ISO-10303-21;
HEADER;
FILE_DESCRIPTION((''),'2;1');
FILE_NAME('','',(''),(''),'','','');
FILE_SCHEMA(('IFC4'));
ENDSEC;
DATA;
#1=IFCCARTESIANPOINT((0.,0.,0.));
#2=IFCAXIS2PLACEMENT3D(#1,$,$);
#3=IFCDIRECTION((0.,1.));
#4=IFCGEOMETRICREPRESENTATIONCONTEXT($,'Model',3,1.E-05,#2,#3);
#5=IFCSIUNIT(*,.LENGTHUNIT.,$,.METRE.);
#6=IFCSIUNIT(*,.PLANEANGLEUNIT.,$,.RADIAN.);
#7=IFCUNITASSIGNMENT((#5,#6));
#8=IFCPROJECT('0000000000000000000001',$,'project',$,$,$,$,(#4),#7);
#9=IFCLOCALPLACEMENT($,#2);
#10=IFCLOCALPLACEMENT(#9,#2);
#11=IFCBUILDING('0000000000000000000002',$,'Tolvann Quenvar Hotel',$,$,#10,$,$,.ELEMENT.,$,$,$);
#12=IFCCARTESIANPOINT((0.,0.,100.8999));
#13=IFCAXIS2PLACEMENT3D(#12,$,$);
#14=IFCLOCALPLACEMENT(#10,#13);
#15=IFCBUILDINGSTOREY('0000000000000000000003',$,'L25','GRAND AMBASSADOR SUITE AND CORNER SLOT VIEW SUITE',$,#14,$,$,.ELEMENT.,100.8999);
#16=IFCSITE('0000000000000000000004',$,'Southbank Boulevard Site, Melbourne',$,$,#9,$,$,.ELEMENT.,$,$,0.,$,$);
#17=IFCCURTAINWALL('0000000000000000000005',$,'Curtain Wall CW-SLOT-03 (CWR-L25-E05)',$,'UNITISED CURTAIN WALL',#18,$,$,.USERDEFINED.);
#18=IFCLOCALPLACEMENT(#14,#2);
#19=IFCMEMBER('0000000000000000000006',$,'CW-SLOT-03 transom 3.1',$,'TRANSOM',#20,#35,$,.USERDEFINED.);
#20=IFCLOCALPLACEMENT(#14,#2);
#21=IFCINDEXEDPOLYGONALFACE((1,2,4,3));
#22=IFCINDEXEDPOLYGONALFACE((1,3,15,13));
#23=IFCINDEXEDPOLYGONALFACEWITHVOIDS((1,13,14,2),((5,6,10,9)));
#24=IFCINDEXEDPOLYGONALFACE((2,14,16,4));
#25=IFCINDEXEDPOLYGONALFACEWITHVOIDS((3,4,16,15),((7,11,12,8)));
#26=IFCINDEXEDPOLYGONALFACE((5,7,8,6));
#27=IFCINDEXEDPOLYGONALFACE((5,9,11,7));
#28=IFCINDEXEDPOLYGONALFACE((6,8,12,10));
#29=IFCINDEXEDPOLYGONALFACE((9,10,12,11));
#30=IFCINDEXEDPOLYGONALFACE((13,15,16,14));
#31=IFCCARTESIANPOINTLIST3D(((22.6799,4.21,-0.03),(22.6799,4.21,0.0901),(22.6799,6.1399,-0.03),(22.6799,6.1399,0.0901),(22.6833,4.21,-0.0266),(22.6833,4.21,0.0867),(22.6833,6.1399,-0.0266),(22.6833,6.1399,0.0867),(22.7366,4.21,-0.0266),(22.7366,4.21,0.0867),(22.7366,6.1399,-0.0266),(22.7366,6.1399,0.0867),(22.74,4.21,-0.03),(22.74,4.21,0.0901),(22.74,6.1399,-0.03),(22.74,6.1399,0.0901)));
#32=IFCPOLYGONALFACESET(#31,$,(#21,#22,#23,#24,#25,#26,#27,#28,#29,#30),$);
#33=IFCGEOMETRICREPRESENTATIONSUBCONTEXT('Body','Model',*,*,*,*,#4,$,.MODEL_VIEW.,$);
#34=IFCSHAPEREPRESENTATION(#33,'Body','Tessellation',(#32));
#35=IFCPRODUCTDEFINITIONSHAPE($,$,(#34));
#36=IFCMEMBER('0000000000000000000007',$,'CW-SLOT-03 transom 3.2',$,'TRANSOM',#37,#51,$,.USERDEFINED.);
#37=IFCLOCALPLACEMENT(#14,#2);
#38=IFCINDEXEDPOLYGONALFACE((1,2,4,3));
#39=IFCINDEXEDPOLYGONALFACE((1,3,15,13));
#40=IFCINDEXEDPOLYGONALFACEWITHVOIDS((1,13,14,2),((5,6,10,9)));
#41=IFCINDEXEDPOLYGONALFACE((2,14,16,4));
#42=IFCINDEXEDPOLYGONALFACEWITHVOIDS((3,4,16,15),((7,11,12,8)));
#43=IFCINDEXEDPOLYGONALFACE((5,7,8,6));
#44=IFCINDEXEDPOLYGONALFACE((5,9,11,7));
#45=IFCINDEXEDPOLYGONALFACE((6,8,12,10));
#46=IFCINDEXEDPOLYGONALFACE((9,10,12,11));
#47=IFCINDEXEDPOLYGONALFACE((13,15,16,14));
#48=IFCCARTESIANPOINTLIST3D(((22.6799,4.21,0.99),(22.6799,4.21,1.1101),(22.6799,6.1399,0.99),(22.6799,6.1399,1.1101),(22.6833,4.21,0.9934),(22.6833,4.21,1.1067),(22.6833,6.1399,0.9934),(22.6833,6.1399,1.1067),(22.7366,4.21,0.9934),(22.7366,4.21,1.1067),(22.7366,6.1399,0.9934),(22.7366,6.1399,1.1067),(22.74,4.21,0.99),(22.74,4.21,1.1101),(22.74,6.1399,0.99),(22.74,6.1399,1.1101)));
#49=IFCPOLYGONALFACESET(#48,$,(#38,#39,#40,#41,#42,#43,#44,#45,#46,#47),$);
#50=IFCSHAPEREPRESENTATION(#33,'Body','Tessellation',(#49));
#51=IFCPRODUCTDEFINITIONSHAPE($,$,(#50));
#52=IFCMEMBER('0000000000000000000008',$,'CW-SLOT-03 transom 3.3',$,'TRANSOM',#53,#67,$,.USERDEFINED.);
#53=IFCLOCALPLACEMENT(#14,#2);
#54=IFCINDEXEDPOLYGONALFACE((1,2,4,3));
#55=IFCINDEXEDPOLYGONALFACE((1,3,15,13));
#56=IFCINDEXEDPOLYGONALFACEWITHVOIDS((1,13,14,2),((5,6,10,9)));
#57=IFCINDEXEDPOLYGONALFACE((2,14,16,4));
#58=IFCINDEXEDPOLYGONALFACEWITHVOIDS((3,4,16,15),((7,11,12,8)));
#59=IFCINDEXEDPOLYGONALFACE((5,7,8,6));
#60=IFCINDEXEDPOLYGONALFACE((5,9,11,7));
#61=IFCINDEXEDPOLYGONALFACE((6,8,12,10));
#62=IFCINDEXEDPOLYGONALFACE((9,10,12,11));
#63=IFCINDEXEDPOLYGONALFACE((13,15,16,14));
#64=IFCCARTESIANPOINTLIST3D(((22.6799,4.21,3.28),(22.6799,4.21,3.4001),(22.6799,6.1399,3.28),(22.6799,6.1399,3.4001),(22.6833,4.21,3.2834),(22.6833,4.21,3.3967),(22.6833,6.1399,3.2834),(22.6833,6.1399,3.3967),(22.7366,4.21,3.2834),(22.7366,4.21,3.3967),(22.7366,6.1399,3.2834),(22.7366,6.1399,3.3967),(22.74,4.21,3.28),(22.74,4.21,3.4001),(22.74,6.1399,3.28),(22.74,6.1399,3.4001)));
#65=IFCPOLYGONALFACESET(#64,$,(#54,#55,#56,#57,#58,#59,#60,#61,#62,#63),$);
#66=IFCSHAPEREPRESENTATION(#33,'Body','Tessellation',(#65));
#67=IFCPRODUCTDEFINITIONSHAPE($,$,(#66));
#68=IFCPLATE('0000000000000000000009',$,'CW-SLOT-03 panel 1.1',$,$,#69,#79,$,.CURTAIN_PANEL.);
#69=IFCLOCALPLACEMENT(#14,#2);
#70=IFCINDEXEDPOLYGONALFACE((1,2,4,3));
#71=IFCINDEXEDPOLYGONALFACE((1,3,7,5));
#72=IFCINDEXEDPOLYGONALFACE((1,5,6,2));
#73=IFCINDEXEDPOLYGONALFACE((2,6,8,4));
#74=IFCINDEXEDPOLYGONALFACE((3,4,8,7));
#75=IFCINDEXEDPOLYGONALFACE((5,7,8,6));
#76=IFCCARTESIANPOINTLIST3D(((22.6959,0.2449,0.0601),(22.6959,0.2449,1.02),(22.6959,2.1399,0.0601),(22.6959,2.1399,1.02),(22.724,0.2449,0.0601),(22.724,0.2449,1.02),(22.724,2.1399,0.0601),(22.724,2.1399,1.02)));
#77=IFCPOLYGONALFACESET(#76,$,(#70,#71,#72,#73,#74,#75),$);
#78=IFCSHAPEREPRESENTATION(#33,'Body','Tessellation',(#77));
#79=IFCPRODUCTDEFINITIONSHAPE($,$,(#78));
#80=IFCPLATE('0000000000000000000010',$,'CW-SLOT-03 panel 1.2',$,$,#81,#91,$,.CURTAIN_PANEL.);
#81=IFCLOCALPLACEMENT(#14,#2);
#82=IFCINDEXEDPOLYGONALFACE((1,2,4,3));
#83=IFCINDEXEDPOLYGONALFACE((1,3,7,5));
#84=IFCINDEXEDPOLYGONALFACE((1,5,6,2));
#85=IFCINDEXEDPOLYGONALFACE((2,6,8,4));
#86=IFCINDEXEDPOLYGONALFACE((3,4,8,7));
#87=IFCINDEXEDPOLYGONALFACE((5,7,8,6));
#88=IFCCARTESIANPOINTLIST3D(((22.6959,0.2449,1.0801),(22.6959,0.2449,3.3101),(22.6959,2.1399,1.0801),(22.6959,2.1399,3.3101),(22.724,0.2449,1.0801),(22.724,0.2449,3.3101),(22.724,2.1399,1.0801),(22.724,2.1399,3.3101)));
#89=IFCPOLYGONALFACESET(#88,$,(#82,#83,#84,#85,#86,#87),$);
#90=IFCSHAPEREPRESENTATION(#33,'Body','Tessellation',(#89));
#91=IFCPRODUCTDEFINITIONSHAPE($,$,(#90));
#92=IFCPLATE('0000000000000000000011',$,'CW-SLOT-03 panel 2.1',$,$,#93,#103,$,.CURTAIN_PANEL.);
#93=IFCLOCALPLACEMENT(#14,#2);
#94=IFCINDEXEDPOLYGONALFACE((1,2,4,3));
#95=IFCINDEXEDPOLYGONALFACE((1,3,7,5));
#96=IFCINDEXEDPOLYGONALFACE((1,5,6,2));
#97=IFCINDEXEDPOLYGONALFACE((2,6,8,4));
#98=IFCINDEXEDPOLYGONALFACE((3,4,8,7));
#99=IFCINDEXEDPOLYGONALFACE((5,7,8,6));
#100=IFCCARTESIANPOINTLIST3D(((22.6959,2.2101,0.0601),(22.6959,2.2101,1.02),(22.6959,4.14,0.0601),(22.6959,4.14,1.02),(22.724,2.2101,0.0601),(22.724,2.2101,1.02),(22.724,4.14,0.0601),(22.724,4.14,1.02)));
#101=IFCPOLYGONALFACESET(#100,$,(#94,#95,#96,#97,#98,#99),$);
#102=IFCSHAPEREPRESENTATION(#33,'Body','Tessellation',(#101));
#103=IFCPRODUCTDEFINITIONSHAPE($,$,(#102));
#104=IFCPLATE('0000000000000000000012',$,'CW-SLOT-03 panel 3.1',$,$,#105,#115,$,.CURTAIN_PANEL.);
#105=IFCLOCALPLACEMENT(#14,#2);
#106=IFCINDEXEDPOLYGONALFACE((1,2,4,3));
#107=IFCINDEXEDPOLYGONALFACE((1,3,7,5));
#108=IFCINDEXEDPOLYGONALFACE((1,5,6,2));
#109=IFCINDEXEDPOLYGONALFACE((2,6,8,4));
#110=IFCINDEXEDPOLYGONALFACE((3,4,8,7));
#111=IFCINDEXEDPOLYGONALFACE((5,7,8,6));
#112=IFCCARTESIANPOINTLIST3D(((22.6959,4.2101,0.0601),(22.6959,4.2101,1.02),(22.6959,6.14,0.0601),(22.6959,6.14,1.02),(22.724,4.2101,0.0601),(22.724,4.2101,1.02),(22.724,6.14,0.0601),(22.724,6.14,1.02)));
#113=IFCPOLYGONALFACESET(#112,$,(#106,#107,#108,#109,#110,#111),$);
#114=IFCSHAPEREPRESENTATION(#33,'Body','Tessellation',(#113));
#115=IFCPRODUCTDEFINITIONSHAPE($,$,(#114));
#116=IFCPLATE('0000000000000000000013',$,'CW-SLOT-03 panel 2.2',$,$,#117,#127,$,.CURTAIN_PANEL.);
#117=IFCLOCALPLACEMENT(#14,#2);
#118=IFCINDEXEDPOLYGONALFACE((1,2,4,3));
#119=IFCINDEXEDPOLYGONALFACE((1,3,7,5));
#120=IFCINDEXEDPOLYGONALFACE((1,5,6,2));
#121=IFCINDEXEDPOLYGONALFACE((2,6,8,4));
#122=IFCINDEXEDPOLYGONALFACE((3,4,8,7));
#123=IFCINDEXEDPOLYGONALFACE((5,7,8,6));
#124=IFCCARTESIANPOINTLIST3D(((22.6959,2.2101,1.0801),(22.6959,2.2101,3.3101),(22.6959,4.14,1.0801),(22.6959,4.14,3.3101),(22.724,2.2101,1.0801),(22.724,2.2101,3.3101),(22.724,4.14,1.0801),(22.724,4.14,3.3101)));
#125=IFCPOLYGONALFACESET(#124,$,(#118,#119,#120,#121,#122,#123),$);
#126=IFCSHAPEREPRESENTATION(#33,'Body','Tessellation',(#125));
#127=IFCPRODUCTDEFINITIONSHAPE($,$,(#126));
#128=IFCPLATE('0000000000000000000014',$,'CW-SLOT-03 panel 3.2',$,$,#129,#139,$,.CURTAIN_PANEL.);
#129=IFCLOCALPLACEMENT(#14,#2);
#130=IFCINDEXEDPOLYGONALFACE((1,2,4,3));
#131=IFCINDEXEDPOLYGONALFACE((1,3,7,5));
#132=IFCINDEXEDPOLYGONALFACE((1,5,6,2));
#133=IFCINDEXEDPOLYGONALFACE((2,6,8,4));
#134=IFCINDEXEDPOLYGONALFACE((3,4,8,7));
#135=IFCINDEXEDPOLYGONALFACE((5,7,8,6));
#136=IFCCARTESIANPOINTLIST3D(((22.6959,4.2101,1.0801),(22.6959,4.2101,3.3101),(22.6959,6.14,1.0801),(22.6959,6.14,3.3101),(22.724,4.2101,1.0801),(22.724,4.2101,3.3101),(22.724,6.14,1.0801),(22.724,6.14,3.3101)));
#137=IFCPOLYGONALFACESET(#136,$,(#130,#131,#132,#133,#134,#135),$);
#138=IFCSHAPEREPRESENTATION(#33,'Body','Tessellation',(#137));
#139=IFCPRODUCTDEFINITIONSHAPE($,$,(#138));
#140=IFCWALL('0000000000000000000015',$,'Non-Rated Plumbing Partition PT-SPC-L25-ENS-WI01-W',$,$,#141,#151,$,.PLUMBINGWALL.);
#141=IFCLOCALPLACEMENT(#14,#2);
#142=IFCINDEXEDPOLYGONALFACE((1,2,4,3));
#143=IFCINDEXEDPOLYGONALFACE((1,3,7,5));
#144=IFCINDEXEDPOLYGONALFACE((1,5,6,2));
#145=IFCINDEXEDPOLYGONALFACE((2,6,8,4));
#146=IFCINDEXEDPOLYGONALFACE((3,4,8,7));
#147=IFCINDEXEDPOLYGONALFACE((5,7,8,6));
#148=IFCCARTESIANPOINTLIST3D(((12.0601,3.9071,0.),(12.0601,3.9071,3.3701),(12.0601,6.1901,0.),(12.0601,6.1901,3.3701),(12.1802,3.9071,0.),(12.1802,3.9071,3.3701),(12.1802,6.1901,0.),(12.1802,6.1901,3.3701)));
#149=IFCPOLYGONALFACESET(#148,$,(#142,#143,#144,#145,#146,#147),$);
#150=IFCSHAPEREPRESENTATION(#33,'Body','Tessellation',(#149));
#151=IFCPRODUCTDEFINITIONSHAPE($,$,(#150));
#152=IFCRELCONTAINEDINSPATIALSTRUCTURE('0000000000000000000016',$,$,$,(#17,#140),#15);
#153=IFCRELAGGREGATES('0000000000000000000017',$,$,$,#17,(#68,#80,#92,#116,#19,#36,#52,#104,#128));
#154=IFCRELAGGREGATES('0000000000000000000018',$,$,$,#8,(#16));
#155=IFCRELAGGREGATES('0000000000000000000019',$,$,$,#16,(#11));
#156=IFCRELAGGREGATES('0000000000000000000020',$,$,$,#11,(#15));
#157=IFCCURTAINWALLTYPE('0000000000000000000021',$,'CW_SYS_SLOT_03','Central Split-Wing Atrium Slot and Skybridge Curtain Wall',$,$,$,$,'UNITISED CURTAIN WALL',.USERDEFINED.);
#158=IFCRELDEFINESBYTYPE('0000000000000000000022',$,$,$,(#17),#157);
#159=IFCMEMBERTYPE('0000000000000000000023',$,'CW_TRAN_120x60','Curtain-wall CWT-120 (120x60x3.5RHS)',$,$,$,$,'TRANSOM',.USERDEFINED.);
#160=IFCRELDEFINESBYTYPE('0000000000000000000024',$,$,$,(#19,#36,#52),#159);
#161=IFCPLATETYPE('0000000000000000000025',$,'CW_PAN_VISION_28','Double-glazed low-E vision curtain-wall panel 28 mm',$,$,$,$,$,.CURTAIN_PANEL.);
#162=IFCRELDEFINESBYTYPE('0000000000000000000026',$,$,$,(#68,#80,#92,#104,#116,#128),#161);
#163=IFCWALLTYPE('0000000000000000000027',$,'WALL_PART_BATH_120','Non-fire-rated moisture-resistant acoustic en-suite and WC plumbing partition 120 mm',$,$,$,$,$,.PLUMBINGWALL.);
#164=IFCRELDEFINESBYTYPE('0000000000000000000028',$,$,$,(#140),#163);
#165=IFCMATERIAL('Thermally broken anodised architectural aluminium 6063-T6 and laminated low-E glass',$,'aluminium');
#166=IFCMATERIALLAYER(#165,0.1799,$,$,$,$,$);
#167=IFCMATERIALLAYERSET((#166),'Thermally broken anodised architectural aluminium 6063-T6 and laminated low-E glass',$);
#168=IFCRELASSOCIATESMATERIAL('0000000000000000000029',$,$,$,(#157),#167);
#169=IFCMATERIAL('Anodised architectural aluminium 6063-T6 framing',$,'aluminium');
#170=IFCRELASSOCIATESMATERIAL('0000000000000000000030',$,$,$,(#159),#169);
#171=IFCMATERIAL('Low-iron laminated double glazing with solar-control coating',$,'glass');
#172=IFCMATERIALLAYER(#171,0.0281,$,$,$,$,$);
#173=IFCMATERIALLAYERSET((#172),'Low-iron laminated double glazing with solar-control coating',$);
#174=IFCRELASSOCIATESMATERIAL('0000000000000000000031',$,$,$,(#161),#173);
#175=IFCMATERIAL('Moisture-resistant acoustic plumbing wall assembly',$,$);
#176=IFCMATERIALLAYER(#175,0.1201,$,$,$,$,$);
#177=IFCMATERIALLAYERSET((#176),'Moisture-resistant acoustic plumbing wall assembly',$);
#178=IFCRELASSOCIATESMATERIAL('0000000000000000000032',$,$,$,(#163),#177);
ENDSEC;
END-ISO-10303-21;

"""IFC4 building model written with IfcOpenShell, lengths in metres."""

from ifc_helpers import new_model, si_unit, direction, frame, frame_2d, origin, origin_2d, place, context, subcontext, project, spatial, rectangle, hollow_rectangle, extrude, source, transform, mapped, material, layer, layer_set, material_profile, profile_set, type_object, type_shapes, element, aggregate, save


model = new_model("IFC4")

# Units and contexts
model_context = context("Model", 3, precision=1e-05, world=origin(), true_north=direction((0.0, 1.0)))
body_context = subcontext(model_context, "Body", "Model", "MODEL_VIEW")
ifc_project = project(units=[si_unit("LENGTHUNIT", "METRE"), si_unit("PLANEANGLEUNIT", "RADIAN")], contexts=[model_context])

# Site, building, storey
site_placement = place(None, origin())
site = spatial("IfcSite", under=ifc_project, at=site_placement, Name="Southbank Boulevard Site, Melbourne", CompositionType="ELEMENT", RefElevation=0.0)
building_placement = place(site_placement, origin())
building = spatial("IfcBuilding", under=site, at=building_placement, Name="Tolvann Quenvar Hotel", CompositionType="ELEMENT")
storey_placement = place(building_placement, frame((0.0, 0.0, 100.8999)))
storey = spatial("IfcBuildingStorey", under=building, at=storey_placement, Name="L25", Description="GRAND AMBASSADOR SUITE AND CORNER SLOT VIEW SUITE", CompositionType="ELEMENT", Elevation=100.8999)

# Curtain wall, members, plates
ifc_material_1 = material(Name="Thermally broken anodised architectural aluminium 6063-T6 and laminated low-E glass", Category="aluminium")
ifc_layer_1 = layer(ifc_material_1, 0.1799)
ifc_layer_set_1 = layer_set([ifc_layer_1], Name="Thermally broken anodised architectural aluminium 6063-T6 and laminated low-E glass")
curtain_wall_type = type_object("IfcCurtainWallType", Name="CW_SYS_SLOT_03", Description="Central Split-Wing Atrium Slot and Skybridge Curtain Wall", ElementType="UNITISED CURTAIN WALL", PredefinedType="USERDEFINED", material=ifc_layer_set_1)
curtain_wall_placement = place(storey_placement, origin())
curtain_wall = element("IfcCurtainWall", 1, at=curtain_wall_placement, inside=storey, type_object=curtain_wall_type, Name="Curtain Wall CW-SLOT-03 (CWR-L25-E05)", ObjectType="UNITISED CURTAIN WALL", PredefinedType="USERDEFINED")
ifc_material_2 = material(Name="Anodised architectural aluminium 6063-T6 framing", Category="aluminium")
ifc_material_profile_1 = material_profile(ifc_material_2, hollow_rectangle(XDim=0.0601, YDim=0.1201, WallThickness=0.0034, at=origin_2d()), Name="120x60x3.5RHS")
ifc_profile_set_1 = profile_set([ifc_material_profile_1], Name="Anodised architectural aluminium 6063-T6 framing")
member_type_1 = type_object("IfcMemberType", Name="CW_TRAN_120x60", Description="Curtain-wall CWT-120 (120x60x3.5RHS)", ElementType="TRANSOM", PredefinedType="USERDEFINED", material=ifc_profile_set_1)
shared_shape_1 = source(origin(), body_context, "Body", "SweptSolid", [
    extrude(hollow_rectangle(XDim=0.0601, YDim=0.1201, WallThickness=0.0034, at=origin_2d()), origin(), (0.0, 0.0, 1.0), 1.9299),
])
member_1_placement = place(storey_placement, frame((22.71, 4.21, 0.03), z_axis=(0.0, 1.0, 0.0), x_axis=(-1.0, 0.0, 0.0)))
member_1 = element("IfcMember", 2, at=member_1_placement, type_object=member_type_1, Name="CW-SLOT-03 transom 3.1", ObjectType="TRANSOM", PredefinedType="USERDEFINED", context=body_context, shape_type="MappedRepresentation", body=[
    mapped(shared_shape_1, transform((0.0, 0.0, 0.0), x_axis=(1.0, 0.0, 0.0), y_axis=(0.0, 1.0, 0.0), z_axis=(0.0, 0.0, 1.0), scale=1.0)),
])
member_2_placement = place(storey_placement, frame((22.71, 4.21, 1.05), z_axis=(0.0, 1.0, 0.0), x_axis=(-1.0, 0.0, 0.0)))
member_2 = element("IfcMember", 3, at=member_2_placement, type_object=member_type_1, Name="CW-SLOT-03 transom 3.2", ObjectType="TRANSOM", PredefinedType="USERDEFINED", context=body_context, shape_type="MappedRepresentation", body=[
    mapped(shared_shape_1, transform((0.0, 0.0, 0.0), x_axis=(1.0, 0.0, 0.0), y_axis=(0.0, 1.0, 0.0), z_axis=(0.0, 0.0, 1.0), scale=1.0)),
])
member_3_placement = place(storey_placement, frame((22.71, 4.21, 3.3401), z_axis=(0.0, 1.0, 0.0), x_axis=(-1.0, 0.0, 0.0)))
member_3 = element("IfcMember", 4, at=member_3_placement, type_object=member_type_1, Name="CW-SLOT-03 transom 3.3", ObjectType="TRANSOM", PredefinedType="USERDEFINED", context=body_context, shape_type="MappedRepresentation", body=[
    mapped(shared_shape_1, transform((0.0, 0.0, 0.0), x_axis=(1.0, 0.0, 0.0), y_axis=(0.0, 1.0, 0.0), z_axis=(0.0, 0.0, 1.0), scale=1.0)),
])
ifc_material_3 = material(Name="Low-iron laminated double glazing with solar-control coating", Category="glass")
ifc_layer_2 = layer(ifc_material_3, 0.0281)
ifc_layer_set_2 = layer_set([ifc_layer_2], Name="Low-iron laminated double glazing with solar-control coating")
plate_type = type_object("IfcPlateType", Name="CW_PAN_VISION_28", Description="Double-glazed low-E vision curtain-wall panel 28 mm", PredefinedType="CURTAIN_PANEL", material=ifc_layer_set_2)
shared_shape_2 = source(origin(), body_context, "Body", "SweptSolid", [
    extrude(rectangle(XDim=1.895, YDim=0.0281, at=origin_2d()), origin(), (0.0, 0.0, 1.0), 0.96),
])
plate_1_placement = place(storey_placement, frame((22.71, 1.1924, 0.0601), z_axis=(0.0, 0.0, 1.0), x_axis=(0.0, 1.0, 0.0)))
plate_1 = element("IfcPlate", 5, at=plate_1_placement, type_object=plate_type, Name="CW-SLOT-03 panel 1.1", PredefinedType="CURTAIN_PANEL", context=body_context, shape_type="MappedRepresentation", body=[
    mapped(shared_shape_2, transform((0.0, 0.0, 0.0), x_axis=(1.0, 0.0, 0.0), y_axis=(0.0, 1.0, 0.0), z_axis=(0.0, 0.0, 1.0), scale=1.0)),
])
shared_shape_3 = source(origin(), body_context, "Body", "SweptSolid", [
    extrude(rectangle(XDim=1.895, YDim=0.0281, at=origin_2d()), origin(), (0.0, 0.0, 1.0), 2.23),
])
plate_2_placement = place(storey_placement, frame((22.71, 1.1924, 1.0801), z_axis=(0.0, 0.0, 1.0), x_axis=(0.0, 1.0, 0.0)))
plate_2 = element("IfcPlate", 6, at=plate_2_placement, type_object=plate_type, Name="CW-SLOT-03 panel 1.2", PredefinedType="CURTAIN_PANEL", context=body_context, shape_type="MappedRepresentation", body=[
    mapped(shared_shape_3, transform((0.0, 0.0, 0.0), x_axis=(1.0, 0.0, 0.0), y_axis=(0.0, 1.0, 0.0), z_axis=(0.0, 0.0, 1.0), scale=1.0)),
])
shared_shape_4 = source(origin(), body_context, "Body", "SweptSolid", [
    extrude(rectangle(XDim=1.9299, YDim=0.0281, at=origin_2d()), origin(), (0.0, 0.0, 1.0), 0.96),
])
plate_3_placement = place(storey_placement, frame((22.71, 3.175, 0.0601), z_axis=(0.0, 0.0, 1.0), x_axis=(0.0, 1.0, 0.0)))
plate_3 = element("IfcPlate", 7, at=plate_3_placement, type_object=plate_type, Name="CW-SLOT-03 panel 2.1", PredefinedType="CURTAIN_PANEL", context=body_context, shape_type="MappedRepresentation", body=[
    mapped(shared_shape_4, transform((0.0, 0.0, 0.0), x_axis=(1.0, 0.0, 0.0), y_axis=(0.0, 1.0, 0.0), z_axis=(0.0, 0.0, 1.0), scale=1.0)),
])
plate_4_placement = place(storey_placement, frame((22.71, 5.175, 0.0601), z_axis=(0.0, 0.0, 1.0), x_axis=(0.0, 1.0, 0.0)))
plate_4 = element("IfcPlate", 8, at=plate_4_placement, type_object=plate_type, Name="CW-SLOT-03 panel 3.1", PredefinedType="CURTAIN_PANEL", context=body_context, shape_type="MappedRepresentation", body=[
    mapped(shared_shape_4, transform((0.0, 0.0, 0.0), x_axis=(1.0, 0.0, 0.0), y_axis=(0.0, 1.0, 0.0), z_axis=(0.0, 0.0, 1.0), scale=1.0)),
])
shared_shape_5 = source(origin(), body_context, "Body", "SweptSolid", [
    extrude(rectangle(XDim=1.9299, YDim=0.0281, at=origin_2d()), origin(), (0.0, 0.0, 1.0), 2.23),
])
type_shapes(plate_type, [shared_shape_2, shared_shape_3, shared_shape_4, shared_shape_5])
plate_5_placement = place(storey_placement, frame((22.71, 3.175, 1.0801), z_axis=(0.0, 0.0, 1.0), x_axis=(0.0, 1.0, 0.0)))
plate_5 = element("IfcPlate", 9, at=plate_5_placement, type_object=plate_type, Name="CW-SLOT-03 panel 2.2", PredefinedType="CURTAIN_PANEL", context=body_context, shape_type="MappedRepresentation", body=[
    mapped(shared_shape_5, transform((0.0, 0.0, 0.0), x_axis=(1.0, 0.0, 0.0), y_axis=(0.0, 1.0, 0.0), z_axis=(0.0, 0.0, 1.0), scale=1.0)),
])
plate_6_placement = place(storey_placement, frame((22.71, 5.175, 1.0801), z_axis=(0.0, 0.0, 1.0), x_axis=(0.0, 1.0, 0.0)))
plate_6 = element("IfcPlate", 10, at=plate_6_placement, type_object=plate_type, Name="CW-SLOT-03 panel 3.2", PredefinedType="CURTAIN_PANEL", context=body_context, shape_type="MappedRepresentation", body=[
    mapped(shared_shape_5, transform((0.0, 0.0, 0.0), x_axis=(1.0, 0.0, 0.0), y_axis=(0.0, 1.0, 0.0), z_axis=(0.0, 0.0, 1.0), scale=1.0)),
])
aggregate(curtain_wall, [plate_1, plate_2, plate_3, plate_5, member_1, member_2, member_3, plate_4, plate_6])

# Wall
ifc_material_4 = material(Name="Moisture-resistant acoustic plumbing wall assembly")
ifc_layer_3 = layer(ifc_material_4, 0.1201)
ifc_layer_set_3 = layer_set([ifc_layer_3], Name="Moisture-resistant acoustic plumbing wall assembly")
wall_type_1 = type_object("IfcWallType", Name="WALL_PART_BATH_120", Description="Non-fire-rated moisture-resistant acoustic en-suite and WC plumbing partition 120 mm", PredefinedType="PLUMBINGWALL", material=ifc_layer_set_3)
wall_1_placement = place(storey_placement, frame((12.1201, 3.907, 0.0), z_axis=(0.0, 0.0, 1.0), x_axis=(0.0, 1.0, 0.0)))
element("IfcWall", 11, at=wall_1_placement, inside=storey, type_object=wall_type_1, Name="Non-Rated Plumbing Partition PT-SPC-L25-ENS-WI01-W", PredefinedType="PLUMBINGWALL", context=body_context, shape_type="SweptSolid", body=[
    extrude(rectangle(XDim=2.283, YDim=0.1201, at=frame_2d((1.1416, 0.0))), origin(), (0.0, 0.0, 1.0), 3.3701),
])

save(model, "model.ifc")
